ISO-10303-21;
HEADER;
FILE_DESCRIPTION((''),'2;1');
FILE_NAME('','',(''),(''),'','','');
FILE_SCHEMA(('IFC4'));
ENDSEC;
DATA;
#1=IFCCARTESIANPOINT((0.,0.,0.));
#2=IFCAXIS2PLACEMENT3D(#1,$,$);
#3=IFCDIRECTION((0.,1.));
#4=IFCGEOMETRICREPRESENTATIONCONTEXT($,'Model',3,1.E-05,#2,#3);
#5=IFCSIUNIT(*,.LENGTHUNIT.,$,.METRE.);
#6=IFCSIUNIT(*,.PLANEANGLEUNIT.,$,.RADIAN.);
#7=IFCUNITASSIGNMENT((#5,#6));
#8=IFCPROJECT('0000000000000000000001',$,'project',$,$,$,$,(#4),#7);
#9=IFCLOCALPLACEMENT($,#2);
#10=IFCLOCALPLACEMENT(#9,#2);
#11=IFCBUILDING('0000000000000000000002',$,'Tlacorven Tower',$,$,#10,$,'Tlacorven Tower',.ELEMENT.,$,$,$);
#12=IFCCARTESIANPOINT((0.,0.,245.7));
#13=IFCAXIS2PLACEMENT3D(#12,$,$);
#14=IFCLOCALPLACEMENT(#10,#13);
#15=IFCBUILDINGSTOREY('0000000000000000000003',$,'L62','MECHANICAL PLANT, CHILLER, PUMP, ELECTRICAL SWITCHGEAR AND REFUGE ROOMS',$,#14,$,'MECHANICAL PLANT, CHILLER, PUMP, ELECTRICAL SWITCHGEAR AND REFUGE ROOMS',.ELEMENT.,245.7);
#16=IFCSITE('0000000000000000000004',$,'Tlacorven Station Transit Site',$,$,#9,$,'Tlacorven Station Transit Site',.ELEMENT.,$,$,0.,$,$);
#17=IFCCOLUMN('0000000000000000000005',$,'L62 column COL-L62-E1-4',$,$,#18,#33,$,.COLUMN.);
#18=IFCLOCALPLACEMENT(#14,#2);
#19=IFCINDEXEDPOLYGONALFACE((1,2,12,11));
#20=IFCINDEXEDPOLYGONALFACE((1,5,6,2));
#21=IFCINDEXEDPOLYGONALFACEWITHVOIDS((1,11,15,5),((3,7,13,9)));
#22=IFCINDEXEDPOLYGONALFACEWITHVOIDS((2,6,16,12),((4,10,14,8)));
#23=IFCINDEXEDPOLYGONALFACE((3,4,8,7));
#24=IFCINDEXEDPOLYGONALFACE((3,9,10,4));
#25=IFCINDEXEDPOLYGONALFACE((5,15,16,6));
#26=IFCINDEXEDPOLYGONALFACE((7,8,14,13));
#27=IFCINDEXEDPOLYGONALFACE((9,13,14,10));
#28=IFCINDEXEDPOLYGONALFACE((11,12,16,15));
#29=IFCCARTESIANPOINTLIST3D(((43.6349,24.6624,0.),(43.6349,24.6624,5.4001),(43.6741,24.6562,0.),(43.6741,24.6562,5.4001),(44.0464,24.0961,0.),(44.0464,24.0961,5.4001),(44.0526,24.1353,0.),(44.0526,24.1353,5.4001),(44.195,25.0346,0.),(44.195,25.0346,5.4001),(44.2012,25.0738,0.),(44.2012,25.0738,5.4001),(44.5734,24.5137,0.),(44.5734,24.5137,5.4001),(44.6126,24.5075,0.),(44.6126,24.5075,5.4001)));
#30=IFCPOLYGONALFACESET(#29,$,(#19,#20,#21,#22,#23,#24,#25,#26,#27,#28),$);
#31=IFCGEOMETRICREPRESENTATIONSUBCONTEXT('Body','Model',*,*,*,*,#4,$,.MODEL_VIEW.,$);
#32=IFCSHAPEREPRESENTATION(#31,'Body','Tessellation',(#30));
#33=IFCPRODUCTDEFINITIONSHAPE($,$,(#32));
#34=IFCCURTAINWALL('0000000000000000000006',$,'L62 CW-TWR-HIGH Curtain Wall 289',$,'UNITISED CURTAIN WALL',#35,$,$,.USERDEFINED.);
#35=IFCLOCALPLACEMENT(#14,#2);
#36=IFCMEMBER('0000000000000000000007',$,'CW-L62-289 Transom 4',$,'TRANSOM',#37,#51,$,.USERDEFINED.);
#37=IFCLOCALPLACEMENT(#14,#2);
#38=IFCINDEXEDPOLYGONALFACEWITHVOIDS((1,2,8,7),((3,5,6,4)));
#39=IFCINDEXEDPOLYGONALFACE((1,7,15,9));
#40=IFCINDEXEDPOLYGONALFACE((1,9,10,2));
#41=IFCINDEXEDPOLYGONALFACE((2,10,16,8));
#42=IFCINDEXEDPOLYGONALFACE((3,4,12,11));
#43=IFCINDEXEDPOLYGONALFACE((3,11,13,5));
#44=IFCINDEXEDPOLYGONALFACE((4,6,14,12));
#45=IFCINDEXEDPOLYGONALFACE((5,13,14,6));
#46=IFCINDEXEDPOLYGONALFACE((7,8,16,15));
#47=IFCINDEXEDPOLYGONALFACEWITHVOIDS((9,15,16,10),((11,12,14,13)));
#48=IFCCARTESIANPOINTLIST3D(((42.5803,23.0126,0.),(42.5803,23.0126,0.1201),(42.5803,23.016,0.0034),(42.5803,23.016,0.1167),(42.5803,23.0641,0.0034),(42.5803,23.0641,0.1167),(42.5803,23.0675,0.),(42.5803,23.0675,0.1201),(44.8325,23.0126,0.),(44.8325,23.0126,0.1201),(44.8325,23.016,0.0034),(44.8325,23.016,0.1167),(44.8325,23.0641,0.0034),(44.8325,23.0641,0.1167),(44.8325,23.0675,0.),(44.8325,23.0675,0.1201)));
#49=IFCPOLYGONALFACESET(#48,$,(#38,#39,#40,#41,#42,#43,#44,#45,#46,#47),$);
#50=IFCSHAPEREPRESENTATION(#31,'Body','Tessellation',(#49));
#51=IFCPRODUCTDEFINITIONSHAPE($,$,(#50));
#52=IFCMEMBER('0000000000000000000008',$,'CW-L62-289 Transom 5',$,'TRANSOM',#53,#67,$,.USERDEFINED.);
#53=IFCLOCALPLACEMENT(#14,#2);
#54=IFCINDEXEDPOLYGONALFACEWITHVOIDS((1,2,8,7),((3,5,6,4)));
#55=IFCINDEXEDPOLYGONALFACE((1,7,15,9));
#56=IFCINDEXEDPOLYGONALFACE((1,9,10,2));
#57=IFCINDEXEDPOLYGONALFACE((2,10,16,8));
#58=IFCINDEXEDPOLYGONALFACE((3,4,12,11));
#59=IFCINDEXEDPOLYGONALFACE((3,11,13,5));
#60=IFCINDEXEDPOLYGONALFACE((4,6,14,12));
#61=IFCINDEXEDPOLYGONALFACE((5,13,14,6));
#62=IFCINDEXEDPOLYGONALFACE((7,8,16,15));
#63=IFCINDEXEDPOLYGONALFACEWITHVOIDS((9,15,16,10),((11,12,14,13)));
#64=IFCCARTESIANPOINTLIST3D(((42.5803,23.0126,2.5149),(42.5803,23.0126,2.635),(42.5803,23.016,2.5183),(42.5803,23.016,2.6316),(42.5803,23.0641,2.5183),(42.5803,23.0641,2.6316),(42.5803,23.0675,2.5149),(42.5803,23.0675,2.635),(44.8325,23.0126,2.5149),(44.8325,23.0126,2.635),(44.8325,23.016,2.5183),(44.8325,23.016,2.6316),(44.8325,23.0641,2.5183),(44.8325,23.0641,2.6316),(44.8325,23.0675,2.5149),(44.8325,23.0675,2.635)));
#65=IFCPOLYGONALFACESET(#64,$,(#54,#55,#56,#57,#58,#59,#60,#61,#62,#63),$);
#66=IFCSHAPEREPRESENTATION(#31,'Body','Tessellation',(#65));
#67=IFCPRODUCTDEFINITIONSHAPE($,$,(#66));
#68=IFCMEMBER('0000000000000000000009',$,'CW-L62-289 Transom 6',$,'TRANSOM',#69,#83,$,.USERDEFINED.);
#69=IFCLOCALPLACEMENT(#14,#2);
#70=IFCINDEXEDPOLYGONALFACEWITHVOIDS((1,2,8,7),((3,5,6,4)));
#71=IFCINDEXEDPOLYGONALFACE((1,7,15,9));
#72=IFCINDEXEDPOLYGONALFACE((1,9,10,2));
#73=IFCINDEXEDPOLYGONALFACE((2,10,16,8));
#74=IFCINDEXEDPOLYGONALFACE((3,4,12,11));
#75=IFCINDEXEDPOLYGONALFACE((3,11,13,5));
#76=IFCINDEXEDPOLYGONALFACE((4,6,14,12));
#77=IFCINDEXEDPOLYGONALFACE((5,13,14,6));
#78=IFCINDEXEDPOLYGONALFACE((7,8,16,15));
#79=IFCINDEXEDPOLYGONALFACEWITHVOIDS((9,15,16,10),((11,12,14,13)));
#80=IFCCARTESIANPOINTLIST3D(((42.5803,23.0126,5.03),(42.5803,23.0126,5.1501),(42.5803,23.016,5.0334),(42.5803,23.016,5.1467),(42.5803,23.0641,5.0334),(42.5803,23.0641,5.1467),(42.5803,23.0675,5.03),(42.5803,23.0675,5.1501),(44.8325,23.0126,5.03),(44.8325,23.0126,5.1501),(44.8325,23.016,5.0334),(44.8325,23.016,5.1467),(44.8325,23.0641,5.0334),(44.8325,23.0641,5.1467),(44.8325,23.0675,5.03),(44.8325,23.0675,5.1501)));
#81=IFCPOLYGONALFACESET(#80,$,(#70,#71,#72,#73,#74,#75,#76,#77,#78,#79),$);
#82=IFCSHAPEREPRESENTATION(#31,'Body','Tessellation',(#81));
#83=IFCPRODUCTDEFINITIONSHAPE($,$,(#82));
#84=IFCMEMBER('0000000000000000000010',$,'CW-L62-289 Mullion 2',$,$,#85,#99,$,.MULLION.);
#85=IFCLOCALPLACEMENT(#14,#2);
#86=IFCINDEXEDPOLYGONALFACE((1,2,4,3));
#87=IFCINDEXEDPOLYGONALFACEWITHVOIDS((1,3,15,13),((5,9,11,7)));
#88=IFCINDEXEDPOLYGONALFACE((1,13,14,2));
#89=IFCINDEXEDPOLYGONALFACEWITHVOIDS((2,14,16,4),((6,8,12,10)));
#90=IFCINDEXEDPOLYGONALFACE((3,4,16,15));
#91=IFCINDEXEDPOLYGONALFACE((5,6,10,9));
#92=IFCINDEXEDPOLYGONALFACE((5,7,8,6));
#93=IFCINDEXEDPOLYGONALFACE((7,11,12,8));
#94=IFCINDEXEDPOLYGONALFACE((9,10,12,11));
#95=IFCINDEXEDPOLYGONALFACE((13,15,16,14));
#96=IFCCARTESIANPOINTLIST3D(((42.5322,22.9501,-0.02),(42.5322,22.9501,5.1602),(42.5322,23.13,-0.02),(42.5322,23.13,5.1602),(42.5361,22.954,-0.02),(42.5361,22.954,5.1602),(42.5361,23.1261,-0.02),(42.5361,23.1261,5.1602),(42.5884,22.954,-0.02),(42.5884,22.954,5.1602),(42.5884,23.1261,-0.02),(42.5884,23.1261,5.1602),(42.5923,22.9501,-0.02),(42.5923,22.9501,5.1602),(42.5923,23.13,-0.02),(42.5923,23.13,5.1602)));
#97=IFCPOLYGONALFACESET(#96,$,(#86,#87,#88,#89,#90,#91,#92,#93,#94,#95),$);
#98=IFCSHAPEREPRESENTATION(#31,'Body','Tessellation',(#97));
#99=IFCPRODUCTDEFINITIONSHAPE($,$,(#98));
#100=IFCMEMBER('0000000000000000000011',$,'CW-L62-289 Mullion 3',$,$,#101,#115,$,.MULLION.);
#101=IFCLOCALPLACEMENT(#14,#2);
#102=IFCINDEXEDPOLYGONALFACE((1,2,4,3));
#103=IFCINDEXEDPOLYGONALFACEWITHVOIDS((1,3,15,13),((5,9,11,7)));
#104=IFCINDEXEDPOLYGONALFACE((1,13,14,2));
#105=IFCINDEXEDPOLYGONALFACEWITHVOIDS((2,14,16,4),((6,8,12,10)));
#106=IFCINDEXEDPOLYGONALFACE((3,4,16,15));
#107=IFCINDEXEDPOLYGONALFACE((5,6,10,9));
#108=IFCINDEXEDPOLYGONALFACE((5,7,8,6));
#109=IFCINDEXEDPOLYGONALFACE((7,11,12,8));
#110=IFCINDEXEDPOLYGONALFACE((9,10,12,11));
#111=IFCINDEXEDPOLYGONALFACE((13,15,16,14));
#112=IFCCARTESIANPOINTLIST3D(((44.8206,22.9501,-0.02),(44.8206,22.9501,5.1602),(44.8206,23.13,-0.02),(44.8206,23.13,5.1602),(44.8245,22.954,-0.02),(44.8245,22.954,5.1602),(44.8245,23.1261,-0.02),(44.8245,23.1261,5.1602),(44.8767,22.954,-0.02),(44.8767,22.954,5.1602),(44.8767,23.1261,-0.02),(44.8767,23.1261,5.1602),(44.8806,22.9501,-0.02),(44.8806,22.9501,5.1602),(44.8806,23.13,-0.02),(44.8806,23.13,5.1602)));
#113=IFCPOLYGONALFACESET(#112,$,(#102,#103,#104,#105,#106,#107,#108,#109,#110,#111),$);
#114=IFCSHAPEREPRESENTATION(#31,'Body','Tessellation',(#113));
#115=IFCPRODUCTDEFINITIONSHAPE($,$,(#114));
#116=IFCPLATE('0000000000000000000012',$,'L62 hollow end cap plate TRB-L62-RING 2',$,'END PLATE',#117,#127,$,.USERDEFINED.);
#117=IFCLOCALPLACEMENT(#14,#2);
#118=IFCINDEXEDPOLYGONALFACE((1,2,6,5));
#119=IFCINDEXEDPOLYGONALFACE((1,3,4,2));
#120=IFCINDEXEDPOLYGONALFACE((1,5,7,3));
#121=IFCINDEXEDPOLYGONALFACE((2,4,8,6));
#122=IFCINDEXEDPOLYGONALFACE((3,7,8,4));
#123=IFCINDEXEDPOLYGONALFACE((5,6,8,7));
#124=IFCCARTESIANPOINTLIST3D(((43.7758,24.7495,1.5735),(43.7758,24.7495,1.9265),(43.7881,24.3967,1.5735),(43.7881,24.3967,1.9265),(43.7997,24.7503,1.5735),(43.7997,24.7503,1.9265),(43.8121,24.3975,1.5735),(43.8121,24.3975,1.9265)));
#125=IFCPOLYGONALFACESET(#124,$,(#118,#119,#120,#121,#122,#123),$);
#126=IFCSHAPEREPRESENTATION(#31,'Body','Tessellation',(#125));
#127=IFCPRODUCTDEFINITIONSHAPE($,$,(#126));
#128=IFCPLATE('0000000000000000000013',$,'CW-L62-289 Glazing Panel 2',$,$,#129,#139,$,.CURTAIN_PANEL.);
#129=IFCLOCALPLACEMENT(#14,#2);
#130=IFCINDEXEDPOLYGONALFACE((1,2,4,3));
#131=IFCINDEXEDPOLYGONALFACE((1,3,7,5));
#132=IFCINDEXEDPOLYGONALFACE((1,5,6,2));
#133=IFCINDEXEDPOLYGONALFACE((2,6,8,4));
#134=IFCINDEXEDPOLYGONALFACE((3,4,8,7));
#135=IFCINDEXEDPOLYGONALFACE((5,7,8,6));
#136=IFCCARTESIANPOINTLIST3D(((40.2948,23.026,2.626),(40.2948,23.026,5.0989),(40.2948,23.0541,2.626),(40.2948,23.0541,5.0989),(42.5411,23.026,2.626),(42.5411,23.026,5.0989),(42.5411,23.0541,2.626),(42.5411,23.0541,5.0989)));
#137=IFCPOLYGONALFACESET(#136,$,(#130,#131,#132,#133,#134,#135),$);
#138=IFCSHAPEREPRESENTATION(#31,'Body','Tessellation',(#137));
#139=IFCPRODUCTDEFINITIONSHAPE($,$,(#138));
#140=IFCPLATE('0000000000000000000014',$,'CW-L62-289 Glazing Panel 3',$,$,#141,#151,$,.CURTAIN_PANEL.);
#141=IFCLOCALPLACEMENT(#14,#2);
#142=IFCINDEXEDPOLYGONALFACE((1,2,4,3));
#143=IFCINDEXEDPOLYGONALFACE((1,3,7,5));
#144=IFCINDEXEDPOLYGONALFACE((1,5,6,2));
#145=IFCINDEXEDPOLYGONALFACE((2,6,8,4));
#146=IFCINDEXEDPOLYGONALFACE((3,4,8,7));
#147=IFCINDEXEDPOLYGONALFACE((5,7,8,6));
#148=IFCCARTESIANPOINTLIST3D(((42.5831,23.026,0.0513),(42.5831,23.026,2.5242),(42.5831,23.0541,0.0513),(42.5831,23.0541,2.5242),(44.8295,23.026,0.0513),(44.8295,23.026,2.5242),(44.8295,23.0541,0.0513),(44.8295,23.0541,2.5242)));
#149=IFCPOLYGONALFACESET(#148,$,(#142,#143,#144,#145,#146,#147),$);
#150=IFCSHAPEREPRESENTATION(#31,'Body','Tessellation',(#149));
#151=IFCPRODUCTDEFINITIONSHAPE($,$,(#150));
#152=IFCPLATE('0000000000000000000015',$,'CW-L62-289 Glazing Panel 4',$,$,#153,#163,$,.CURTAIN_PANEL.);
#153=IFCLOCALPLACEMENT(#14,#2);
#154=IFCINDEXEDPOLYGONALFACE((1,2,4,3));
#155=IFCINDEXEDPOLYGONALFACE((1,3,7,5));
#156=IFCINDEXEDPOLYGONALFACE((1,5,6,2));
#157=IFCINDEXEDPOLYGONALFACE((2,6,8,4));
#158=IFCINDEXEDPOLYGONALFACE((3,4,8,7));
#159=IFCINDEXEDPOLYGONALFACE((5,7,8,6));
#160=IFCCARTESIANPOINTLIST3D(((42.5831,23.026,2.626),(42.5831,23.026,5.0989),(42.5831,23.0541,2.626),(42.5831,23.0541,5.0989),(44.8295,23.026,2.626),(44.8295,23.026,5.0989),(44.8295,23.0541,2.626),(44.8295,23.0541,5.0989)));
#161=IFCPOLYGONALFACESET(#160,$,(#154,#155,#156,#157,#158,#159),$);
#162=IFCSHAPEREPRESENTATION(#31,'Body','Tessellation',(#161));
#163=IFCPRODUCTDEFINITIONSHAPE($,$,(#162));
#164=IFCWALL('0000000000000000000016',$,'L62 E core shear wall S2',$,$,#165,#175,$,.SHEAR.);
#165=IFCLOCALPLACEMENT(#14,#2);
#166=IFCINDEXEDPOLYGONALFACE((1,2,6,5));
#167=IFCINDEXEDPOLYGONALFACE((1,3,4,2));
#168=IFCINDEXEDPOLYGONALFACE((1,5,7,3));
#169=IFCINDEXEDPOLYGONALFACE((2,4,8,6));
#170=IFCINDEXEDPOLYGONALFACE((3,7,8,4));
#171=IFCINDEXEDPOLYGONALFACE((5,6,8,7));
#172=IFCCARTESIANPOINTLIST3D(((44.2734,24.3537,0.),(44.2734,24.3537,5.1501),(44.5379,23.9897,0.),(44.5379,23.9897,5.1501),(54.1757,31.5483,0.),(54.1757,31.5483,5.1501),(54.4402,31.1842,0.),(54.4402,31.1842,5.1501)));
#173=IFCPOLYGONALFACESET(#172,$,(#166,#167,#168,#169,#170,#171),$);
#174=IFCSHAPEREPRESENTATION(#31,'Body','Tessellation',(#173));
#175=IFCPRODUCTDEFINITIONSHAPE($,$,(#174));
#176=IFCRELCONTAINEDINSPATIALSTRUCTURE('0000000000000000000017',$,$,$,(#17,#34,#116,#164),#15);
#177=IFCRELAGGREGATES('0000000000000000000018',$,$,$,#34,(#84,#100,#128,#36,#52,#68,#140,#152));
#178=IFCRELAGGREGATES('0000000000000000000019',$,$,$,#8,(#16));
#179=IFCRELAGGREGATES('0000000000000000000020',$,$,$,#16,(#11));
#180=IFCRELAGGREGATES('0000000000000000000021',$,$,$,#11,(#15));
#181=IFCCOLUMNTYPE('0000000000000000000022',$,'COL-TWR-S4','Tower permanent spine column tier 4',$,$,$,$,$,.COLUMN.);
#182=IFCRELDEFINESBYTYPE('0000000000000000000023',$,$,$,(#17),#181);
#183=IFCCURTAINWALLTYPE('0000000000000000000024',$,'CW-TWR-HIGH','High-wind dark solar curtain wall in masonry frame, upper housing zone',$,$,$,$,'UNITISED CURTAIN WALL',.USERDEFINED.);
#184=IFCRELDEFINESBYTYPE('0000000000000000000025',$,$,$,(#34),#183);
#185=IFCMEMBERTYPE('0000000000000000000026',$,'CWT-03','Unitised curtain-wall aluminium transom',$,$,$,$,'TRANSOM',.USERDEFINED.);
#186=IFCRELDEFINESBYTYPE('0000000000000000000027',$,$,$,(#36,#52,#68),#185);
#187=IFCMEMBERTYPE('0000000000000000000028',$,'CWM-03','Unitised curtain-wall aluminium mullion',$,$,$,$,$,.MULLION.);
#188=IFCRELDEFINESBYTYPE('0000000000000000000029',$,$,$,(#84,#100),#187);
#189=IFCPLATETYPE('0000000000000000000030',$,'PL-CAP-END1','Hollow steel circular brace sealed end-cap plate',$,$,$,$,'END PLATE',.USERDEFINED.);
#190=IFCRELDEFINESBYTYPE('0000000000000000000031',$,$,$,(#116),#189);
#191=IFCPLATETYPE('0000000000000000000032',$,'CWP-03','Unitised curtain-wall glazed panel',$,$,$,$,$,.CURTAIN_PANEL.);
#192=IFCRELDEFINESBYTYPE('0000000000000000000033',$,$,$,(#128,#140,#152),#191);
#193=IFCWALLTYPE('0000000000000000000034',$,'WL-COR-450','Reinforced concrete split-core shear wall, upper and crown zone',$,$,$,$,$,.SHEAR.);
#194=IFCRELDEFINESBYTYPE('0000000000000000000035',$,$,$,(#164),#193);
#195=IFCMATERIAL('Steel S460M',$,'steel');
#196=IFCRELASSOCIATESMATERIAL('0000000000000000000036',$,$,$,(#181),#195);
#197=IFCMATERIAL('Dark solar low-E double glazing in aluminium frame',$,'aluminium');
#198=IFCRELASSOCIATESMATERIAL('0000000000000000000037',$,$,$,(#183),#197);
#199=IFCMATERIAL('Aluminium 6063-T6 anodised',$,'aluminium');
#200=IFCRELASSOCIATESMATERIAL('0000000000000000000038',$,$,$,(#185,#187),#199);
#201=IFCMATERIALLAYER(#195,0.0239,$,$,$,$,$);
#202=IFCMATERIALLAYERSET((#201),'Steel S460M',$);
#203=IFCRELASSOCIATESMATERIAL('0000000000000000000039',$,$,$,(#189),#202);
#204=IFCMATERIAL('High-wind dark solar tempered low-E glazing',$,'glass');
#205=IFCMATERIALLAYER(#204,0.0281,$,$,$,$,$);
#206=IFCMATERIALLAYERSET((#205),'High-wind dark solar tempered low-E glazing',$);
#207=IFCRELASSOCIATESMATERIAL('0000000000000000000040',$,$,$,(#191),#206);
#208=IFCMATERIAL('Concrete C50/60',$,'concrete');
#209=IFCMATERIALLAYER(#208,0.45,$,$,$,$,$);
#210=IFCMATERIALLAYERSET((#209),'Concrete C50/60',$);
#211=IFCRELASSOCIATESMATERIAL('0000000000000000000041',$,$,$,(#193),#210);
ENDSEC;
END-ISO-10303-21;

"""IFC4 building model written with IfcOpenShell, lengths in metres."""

from ifc_helpers import new_model, si_unit, direction, frame, frame_2d, origin, origin_2d, place, context, subcontext, project, spatial, rectangle, hollow_rectangle, extrude, source, transform, mapped, material, layer, layer_set, material_profile, profile_set, type_object, element, aggregate, save


model = new_model("IFC4")

# Units and contexts
model_context = context("Model", 3, precision=1e-05, world=origin(), true_north=direction((0.0, 1.0)))
body_context = subcontext(model_context, "Body", "Model", "MODEL_VIEW")
ifc_project = project(units=[si_unit("LENGTHUNIT", "METRE"), si_unit("PLANEANGLEUNIT", "RADIAN")], contexts=[model_context])

# Site, building, storey
site_placement = place(None, origin())
site = spatial("IfcSite", under=ifc_project, at=site_placement, Name="Tlacorven Station Transit Site", LongName="Tlacorven Station Transit Site", CompositionType="ELEMENT", RefElevation=0.0)
building_placement = place(site_placement, origin())
building = spatial("IfcBuilding", under=site, at=building_placement, Name="Tlacorven Tower", LongName="Tlacorven Tower", CompositionType="ELEMENT")
storey_placement = place(building_placement, frame((0.0, 0.0, 245.7)))
storey = spatial("IfcBuildingStorey", under=building, at=storey_placement, Name="L62", Description="MECHANICAL PLANT, CHILLER, PUMP, ELECTRICAL SWITCHGEAR AND REFUGE ROOMS", LongName="MECHANICAL PLANT, CHILLER, PUMP, ELECTRICAL SWITCHGEAR AND REFUGE ROOMS", CompositionType="ELEMENT", Elevation=245.7)

# Column
ifc_material_1 = material(Name="Steel S460M", Category="steel")
ifc_material_profile_1 = material_profile(ifc_material_1, hollow_rectangle(XDim=0.7, YDim=0.7, WallThickness=0.0281, at=origin_2d()), Name="BOX 700X700X28")
ifc_profile_set_1 = profile_set([ifc_material_profile_1], Name="Steel S460M")
column_type = type_object("IfcColumnType", Name="COL-TWR-S4", Description="Tower permanent spine column tier 4", PredefinedType="COLUMN", material=ifc_profile_set_1)
shared_shape_1 = source(origin(), body_context, "Body", "SweptSolid", [
    extrude(hollow_rectangle(XDim=0.7, YDim=0.7, WallThickness=0.0281, at=origin_2d()), origin(), (0.0, 0.0, 1.0), 5.4001),
])
column_placement = place(storey_placement, frame((44.1238, 24.585, 0.0), z_axis=(0.0, 0.0, 1.0), x_axis=(0.809017, 0.587785, 0.0)))
element("IfcColumn", 1, at=column_placement, inside=storey, type_object=column_type, Name="L62 column COL-L62-E1-4", PredefinedType="COLUMN", context=body_context, shape_type="MappedRepresentation", body=[
    mapped(shared_shape_1, transform((0.0, 0.0, 0.0), scale=1.0)),
])

# Curtain wall, members
ifc_material_2 = material(Name="Dark solar low-E double glazing in aluminium frame", Category="aluminium")
curtain_wall_type = type_object("IfcCurtainWallType", Name="CW-TWR-HIGH", Description="High-wind dark solar curtain wall in masonry frame, upper housing zone", ElementType="UNITISED CURTAIN WALL", PredefinedType="USERDEFINED", material=ifc_material_2)
curtain_wall_placement = place(storey_placement, origin())
curtain_wall = element("IfcCurtainWall", 2, at=curtain_wall_placement, inside=storey, type_object=curtain_wall_type, Name="L62 CW-TWR-HIGH Curtain Wall 289", ObjectType="UNITISED CURTAIN WALL", PredefinedType="USERDEFINED")
ifc_material_3 = material(Name="Aluminium 6063-T6 anodised", Category="aluminium")
ifc_material_profile_2 = material_profile(ifc_material_3, hollow_rectangle(XDim=0.0549, YDim=0.1201, WallThickness=0.0034, at=origin_2d()), Name="ALU TRANSOM 55X120")
ifc_profile_set_2 = profile_set([ifc_material_profile_2], Name="Aluminium 6063-T6 anodised")
member_type_1 = type_object("IfcMemberType", Name="CWT-03", Description="Unitised curtain-wall aluminium transom", ElementType="TRANSOM", PredefinedType="USERDEFINED", material=ifc_profile_set_2)
shared_shape_2 = source(origin(), body_context, "Body", "SweptSolid", [
    extrude(hollow_rectangle(XDim=0.0549, YDim=0.1201, WallThickness=0.0034, at=origin_2d()), origin(), (0.0, 0.0, 1.0), 2.2522),
])
member_1_placement = place(storey_placement, frame((42.5803, 23.04, 0.0601), z_axis=(1.0, 0.0, 0.0), x_axis=(0.0, 1.0, 0.0)))
member_1 = element("IfcMember", 3, at=member_1_placement, type_object=member_type_1, Name="CW-L62-289 Transom 4", ObjectType="TRANSOM", PredefinedType="USERDEFINED", context=body_context, shape_type="MappedRepresentation", body=[
    mapped(shared_shape_2, transform((0.0, 0.0, 0.0), scale=1.0)),
])
member_2_placement = place(storey_placement, frame((42.5803, 23.04, 2.575), z_axis=(1.0, 0.0, 0.0), x_axis=(0.0, 1.0, 0.0)))
member_2 = element("IfcMember", 4, at=member_2_placement, type_object=member_type_1, Name="CW-L62-289 Transom 5", ObjectType="TRANSOM", PredefinedType="USERDEFINED", context=body_context, shape_type="MappedRepresentation", body=[
    mapped(shared_shape_2, transform((0.0, 0.0, 0.0), scale=1.0)),
])
member_3_placement = place(storey_placement, frame((42.5803, 23.04, 5.0901), z_axis=(1.0, 0.0, 0.0), x_axis=(0.0, 1.0, 0.0)))
member_3 = element("IfcMember", 5, at=member_3_placement, type_object=member_type_1, Name="CW-L62-289 Transom 6", ObjectType="TRANSOM", PredefinedType="USERDEFINED", context=body_context, shape_type="MappedRepresentation", body=[
    mapped(shared_shape_2, transform((0.0, 0.0, 0.0), scale=1.0)),
])
ifc_material_profile_3 = material_profile(ifc_material_3, hollow_rectangle(XDim=0.0601, YDim=0.1799, WallThickness=0.0039, at=origin_2d()), Name="ALU MULLION 60X180")
ifc_profile_set_3 = profile_set([ifc_material_profile_3], Name="Aluminium 6063-T6 anodised")
member_type_2 = type_object("IfcMemberType", Name="CWM-03", Description="Unitised curtain-wall aluminium mullion", PredefinedType="MULLION", material=ifc_profile_set_3)
shared_shape_3 = source(origin(), body_context, "Body", "SweptSolid", [
    extrude(hollow_rectangle(XDim=0.0601, YDim=0.1799, WallThickness=0.0039, at=origin_2d()), origin(), (0.0, 0.0, 1.0), 5.1802),
])
member_4_placement = place(storey_placement, frame((42.5623, 23.04, -0.02), z_axis=(0.0, 0.0, 1.0), x_axis=(1.0, 0.0, 0.0)))
member_4 = element("IfcMember", 6, at=member_4_placement, type_object=member_type_2, Name="CW-L62-289 Mullion 2", PredefinedType="MULLION", context=body_context, shape_type="MappedRepresentation", body=[
    mapped(shared_shape_3, transform((0.0, 0.0, 0.0), scale=1.0)),
])
member_5_placement = place(storey_placement, frame((44.8506, 23.04, -0.02), z_axis=(0.0, 0.0, 1.0), x_axis=(1.0, 0.0, 0.0)))
member_5 = element("IfcMember", 7, at=member_5_placement, type_object=member_type_2, Name="CW-L62-289 Mullion 3", PredefinedType="MULLION", context=body_context, shape_type="MappedRepresentation", body=[
    mapped(shared_shape_3, transform((0.0, 0.0, 0.0), scale=1.0)),
])

# Plates
ifc_layer_1 = layer(ifc_material_1, 0.0239)
ifc_layer_set_1 = layer_set([ifc_layer_1], Name="Steel S460M")
plate_type_1 = type_object("IfcPlateType", Name="PL-CAP-END1", Description="Hollow steel circular brace sealed end-cap plate", ElementType="END PLATE", PredefinedType="USERDEFINED", material=ifc_layer_set_1)
shared_shape_4 = source(origin(), body_context, "Body", "SweptSolid", [
    extrude(rectangle(XDim=0.0239, YDim=0.353, at=origin_2d()), origin(), (0.0, 0.0, 1.0), 0.353),
])
plate_1_placement = place(storey_placement, frame((43.7939, 24.5735, 1.5735), z_axis=(0.0, 0.0, 1.0), x_axis=(0.999391, 0.034899, 0.0)))
element("IfcPlate", 8, at=plate_1_placement, inside=storey, type_object=plate_type_1, Name="L62 hollow end cap plate TRB-L62-RING 2", ObjectType="END PLATE", PredefinedType="USERDEFINED", context=body_context, shape_type="MappedRepresentation", body=[
    mapped(shared_shape_4, transform((0.0, 0.0, 0.0), scale=1.0)),
])
ifc_material_4 = material(Name="High-wind dark solar tempered low-E glazing", Category="glass")
ifc_layer_2 = layer(ifc_material_4, 0.0281)
ifc_layer_set_2 = layer_set([ifc_layer_2], Name="High-wind dark solar tempered low-E glazing")
plate_type_2 = type_object("IfcPlateType", Name="CWP-03", Description="Unitised curtain-wall glazed panel", PredefinedType="CURTAIN_PANEL", material=ifc_layer_set_2)
shared_shape_5 = source(origin(), body_context, "Body", "SweptSolid", [
    extrude(rectangle(XDim=2.2463, YDim=0.0281, at=origin_2d()), origin(), (0.0, 0.0, 1.0), 2.4729),
])
plate_2_placement = place(storey_placement, frame((41.418, 23.04, 2.626), z_axis=(0.0, 0.0, 1.0), x_axis=(1.0, 0.0, 0.0)))
plate_2 = element("IfcPlate", 9, at=plate_2_placement, type_object=plate_type_2, Name="CW-L62-289 Glazing Panel 2", PredefinedType="CURTAIN_PANEL", context=body_context, shape_type="MappedRepresentation", body=[
    mapped(shared_shape_5, transform((0.0, 0.0, 0.0), scale=1.0)),
])
plate_3_placement = place(storey_placement, frame((43.7063, 23.04, 0.0513), z_axis=(0.0, 0.0, 1.0), x_axis=(1.0, 0.0, 0.0)))
plate_3 = element("IfcPlate", 10, at=plate_3_placement, type_object=plate_type_2, Name="CW-L62-289 Glazing Panel 3", PredefinedType="CURTAIN_PANEL", context=body_context, shape_type="MappedRepresentation", body=[
    mapped(shared_shape_5, transform((0.0, 0.0, 0.0), scale=1.0)),
])
plate_4_placement = place(storey_placement, frame((43.7063, 23.04, 2.626), z_axis=(0.0, 0.0, 1.0), x_axis=(1.0, 0.0, 0.0)))
plate_4 = element("IfcPlate", 11, at=plate_4_placement, type_object=plate_type_2, Name="CW-L62-289 Glazing Panel 4", PredefinedType="CURTAIN_PANEL", context=body_context, shape_type="MappedRepresentation", body=[
    mapped(shared_shape_5, transform((0.0, 0.0, 0.0), scale=1.0)),
])
aggregate(curtain_wall, [member_4, member_5, plate_2, member_1, member_2, member_3, plate_3, plate_4])

# Wall
ifc_material_5 = material(Name="Concrete C50/60", Category="concrete")
ifc_layer_3 = layer(ifc_material_5, 0.45)
ifc_layer_set_3 = layer_set([ifc_layer_3], Name="Concrete C50/60")
wall_type_1 = type_object("IfcWallType", Name="WL-COR-450", Description="Reinforced concrete split-core shear wall, upper and crown zone", PredefinedType="SHEAR", material=ifc_layer_set_3)
wall_1_placement = place(storey_placement, frame((44.4055, 24.1716, 0.0), z_axis=(0.0, 0.0, 1.0), x_axis=(0.809013, 0.587791, 0.0)))
element("IfcWall", 12, at=wall_1_placement, inside=storey, type_object=wall_type_1, Name="L62 E core shear wall S2", PredefinedType="SHEAR", context=body_context, shape_type="SweptSolid", body=[
    extrude(rectangle(XDim=12.24, YDim=0.45, at=frame_2d((6.1201, 0.0))), origin(), (0.0, 0.0, 1.0), 5.1501),
])

save(model, "model.ifc")
